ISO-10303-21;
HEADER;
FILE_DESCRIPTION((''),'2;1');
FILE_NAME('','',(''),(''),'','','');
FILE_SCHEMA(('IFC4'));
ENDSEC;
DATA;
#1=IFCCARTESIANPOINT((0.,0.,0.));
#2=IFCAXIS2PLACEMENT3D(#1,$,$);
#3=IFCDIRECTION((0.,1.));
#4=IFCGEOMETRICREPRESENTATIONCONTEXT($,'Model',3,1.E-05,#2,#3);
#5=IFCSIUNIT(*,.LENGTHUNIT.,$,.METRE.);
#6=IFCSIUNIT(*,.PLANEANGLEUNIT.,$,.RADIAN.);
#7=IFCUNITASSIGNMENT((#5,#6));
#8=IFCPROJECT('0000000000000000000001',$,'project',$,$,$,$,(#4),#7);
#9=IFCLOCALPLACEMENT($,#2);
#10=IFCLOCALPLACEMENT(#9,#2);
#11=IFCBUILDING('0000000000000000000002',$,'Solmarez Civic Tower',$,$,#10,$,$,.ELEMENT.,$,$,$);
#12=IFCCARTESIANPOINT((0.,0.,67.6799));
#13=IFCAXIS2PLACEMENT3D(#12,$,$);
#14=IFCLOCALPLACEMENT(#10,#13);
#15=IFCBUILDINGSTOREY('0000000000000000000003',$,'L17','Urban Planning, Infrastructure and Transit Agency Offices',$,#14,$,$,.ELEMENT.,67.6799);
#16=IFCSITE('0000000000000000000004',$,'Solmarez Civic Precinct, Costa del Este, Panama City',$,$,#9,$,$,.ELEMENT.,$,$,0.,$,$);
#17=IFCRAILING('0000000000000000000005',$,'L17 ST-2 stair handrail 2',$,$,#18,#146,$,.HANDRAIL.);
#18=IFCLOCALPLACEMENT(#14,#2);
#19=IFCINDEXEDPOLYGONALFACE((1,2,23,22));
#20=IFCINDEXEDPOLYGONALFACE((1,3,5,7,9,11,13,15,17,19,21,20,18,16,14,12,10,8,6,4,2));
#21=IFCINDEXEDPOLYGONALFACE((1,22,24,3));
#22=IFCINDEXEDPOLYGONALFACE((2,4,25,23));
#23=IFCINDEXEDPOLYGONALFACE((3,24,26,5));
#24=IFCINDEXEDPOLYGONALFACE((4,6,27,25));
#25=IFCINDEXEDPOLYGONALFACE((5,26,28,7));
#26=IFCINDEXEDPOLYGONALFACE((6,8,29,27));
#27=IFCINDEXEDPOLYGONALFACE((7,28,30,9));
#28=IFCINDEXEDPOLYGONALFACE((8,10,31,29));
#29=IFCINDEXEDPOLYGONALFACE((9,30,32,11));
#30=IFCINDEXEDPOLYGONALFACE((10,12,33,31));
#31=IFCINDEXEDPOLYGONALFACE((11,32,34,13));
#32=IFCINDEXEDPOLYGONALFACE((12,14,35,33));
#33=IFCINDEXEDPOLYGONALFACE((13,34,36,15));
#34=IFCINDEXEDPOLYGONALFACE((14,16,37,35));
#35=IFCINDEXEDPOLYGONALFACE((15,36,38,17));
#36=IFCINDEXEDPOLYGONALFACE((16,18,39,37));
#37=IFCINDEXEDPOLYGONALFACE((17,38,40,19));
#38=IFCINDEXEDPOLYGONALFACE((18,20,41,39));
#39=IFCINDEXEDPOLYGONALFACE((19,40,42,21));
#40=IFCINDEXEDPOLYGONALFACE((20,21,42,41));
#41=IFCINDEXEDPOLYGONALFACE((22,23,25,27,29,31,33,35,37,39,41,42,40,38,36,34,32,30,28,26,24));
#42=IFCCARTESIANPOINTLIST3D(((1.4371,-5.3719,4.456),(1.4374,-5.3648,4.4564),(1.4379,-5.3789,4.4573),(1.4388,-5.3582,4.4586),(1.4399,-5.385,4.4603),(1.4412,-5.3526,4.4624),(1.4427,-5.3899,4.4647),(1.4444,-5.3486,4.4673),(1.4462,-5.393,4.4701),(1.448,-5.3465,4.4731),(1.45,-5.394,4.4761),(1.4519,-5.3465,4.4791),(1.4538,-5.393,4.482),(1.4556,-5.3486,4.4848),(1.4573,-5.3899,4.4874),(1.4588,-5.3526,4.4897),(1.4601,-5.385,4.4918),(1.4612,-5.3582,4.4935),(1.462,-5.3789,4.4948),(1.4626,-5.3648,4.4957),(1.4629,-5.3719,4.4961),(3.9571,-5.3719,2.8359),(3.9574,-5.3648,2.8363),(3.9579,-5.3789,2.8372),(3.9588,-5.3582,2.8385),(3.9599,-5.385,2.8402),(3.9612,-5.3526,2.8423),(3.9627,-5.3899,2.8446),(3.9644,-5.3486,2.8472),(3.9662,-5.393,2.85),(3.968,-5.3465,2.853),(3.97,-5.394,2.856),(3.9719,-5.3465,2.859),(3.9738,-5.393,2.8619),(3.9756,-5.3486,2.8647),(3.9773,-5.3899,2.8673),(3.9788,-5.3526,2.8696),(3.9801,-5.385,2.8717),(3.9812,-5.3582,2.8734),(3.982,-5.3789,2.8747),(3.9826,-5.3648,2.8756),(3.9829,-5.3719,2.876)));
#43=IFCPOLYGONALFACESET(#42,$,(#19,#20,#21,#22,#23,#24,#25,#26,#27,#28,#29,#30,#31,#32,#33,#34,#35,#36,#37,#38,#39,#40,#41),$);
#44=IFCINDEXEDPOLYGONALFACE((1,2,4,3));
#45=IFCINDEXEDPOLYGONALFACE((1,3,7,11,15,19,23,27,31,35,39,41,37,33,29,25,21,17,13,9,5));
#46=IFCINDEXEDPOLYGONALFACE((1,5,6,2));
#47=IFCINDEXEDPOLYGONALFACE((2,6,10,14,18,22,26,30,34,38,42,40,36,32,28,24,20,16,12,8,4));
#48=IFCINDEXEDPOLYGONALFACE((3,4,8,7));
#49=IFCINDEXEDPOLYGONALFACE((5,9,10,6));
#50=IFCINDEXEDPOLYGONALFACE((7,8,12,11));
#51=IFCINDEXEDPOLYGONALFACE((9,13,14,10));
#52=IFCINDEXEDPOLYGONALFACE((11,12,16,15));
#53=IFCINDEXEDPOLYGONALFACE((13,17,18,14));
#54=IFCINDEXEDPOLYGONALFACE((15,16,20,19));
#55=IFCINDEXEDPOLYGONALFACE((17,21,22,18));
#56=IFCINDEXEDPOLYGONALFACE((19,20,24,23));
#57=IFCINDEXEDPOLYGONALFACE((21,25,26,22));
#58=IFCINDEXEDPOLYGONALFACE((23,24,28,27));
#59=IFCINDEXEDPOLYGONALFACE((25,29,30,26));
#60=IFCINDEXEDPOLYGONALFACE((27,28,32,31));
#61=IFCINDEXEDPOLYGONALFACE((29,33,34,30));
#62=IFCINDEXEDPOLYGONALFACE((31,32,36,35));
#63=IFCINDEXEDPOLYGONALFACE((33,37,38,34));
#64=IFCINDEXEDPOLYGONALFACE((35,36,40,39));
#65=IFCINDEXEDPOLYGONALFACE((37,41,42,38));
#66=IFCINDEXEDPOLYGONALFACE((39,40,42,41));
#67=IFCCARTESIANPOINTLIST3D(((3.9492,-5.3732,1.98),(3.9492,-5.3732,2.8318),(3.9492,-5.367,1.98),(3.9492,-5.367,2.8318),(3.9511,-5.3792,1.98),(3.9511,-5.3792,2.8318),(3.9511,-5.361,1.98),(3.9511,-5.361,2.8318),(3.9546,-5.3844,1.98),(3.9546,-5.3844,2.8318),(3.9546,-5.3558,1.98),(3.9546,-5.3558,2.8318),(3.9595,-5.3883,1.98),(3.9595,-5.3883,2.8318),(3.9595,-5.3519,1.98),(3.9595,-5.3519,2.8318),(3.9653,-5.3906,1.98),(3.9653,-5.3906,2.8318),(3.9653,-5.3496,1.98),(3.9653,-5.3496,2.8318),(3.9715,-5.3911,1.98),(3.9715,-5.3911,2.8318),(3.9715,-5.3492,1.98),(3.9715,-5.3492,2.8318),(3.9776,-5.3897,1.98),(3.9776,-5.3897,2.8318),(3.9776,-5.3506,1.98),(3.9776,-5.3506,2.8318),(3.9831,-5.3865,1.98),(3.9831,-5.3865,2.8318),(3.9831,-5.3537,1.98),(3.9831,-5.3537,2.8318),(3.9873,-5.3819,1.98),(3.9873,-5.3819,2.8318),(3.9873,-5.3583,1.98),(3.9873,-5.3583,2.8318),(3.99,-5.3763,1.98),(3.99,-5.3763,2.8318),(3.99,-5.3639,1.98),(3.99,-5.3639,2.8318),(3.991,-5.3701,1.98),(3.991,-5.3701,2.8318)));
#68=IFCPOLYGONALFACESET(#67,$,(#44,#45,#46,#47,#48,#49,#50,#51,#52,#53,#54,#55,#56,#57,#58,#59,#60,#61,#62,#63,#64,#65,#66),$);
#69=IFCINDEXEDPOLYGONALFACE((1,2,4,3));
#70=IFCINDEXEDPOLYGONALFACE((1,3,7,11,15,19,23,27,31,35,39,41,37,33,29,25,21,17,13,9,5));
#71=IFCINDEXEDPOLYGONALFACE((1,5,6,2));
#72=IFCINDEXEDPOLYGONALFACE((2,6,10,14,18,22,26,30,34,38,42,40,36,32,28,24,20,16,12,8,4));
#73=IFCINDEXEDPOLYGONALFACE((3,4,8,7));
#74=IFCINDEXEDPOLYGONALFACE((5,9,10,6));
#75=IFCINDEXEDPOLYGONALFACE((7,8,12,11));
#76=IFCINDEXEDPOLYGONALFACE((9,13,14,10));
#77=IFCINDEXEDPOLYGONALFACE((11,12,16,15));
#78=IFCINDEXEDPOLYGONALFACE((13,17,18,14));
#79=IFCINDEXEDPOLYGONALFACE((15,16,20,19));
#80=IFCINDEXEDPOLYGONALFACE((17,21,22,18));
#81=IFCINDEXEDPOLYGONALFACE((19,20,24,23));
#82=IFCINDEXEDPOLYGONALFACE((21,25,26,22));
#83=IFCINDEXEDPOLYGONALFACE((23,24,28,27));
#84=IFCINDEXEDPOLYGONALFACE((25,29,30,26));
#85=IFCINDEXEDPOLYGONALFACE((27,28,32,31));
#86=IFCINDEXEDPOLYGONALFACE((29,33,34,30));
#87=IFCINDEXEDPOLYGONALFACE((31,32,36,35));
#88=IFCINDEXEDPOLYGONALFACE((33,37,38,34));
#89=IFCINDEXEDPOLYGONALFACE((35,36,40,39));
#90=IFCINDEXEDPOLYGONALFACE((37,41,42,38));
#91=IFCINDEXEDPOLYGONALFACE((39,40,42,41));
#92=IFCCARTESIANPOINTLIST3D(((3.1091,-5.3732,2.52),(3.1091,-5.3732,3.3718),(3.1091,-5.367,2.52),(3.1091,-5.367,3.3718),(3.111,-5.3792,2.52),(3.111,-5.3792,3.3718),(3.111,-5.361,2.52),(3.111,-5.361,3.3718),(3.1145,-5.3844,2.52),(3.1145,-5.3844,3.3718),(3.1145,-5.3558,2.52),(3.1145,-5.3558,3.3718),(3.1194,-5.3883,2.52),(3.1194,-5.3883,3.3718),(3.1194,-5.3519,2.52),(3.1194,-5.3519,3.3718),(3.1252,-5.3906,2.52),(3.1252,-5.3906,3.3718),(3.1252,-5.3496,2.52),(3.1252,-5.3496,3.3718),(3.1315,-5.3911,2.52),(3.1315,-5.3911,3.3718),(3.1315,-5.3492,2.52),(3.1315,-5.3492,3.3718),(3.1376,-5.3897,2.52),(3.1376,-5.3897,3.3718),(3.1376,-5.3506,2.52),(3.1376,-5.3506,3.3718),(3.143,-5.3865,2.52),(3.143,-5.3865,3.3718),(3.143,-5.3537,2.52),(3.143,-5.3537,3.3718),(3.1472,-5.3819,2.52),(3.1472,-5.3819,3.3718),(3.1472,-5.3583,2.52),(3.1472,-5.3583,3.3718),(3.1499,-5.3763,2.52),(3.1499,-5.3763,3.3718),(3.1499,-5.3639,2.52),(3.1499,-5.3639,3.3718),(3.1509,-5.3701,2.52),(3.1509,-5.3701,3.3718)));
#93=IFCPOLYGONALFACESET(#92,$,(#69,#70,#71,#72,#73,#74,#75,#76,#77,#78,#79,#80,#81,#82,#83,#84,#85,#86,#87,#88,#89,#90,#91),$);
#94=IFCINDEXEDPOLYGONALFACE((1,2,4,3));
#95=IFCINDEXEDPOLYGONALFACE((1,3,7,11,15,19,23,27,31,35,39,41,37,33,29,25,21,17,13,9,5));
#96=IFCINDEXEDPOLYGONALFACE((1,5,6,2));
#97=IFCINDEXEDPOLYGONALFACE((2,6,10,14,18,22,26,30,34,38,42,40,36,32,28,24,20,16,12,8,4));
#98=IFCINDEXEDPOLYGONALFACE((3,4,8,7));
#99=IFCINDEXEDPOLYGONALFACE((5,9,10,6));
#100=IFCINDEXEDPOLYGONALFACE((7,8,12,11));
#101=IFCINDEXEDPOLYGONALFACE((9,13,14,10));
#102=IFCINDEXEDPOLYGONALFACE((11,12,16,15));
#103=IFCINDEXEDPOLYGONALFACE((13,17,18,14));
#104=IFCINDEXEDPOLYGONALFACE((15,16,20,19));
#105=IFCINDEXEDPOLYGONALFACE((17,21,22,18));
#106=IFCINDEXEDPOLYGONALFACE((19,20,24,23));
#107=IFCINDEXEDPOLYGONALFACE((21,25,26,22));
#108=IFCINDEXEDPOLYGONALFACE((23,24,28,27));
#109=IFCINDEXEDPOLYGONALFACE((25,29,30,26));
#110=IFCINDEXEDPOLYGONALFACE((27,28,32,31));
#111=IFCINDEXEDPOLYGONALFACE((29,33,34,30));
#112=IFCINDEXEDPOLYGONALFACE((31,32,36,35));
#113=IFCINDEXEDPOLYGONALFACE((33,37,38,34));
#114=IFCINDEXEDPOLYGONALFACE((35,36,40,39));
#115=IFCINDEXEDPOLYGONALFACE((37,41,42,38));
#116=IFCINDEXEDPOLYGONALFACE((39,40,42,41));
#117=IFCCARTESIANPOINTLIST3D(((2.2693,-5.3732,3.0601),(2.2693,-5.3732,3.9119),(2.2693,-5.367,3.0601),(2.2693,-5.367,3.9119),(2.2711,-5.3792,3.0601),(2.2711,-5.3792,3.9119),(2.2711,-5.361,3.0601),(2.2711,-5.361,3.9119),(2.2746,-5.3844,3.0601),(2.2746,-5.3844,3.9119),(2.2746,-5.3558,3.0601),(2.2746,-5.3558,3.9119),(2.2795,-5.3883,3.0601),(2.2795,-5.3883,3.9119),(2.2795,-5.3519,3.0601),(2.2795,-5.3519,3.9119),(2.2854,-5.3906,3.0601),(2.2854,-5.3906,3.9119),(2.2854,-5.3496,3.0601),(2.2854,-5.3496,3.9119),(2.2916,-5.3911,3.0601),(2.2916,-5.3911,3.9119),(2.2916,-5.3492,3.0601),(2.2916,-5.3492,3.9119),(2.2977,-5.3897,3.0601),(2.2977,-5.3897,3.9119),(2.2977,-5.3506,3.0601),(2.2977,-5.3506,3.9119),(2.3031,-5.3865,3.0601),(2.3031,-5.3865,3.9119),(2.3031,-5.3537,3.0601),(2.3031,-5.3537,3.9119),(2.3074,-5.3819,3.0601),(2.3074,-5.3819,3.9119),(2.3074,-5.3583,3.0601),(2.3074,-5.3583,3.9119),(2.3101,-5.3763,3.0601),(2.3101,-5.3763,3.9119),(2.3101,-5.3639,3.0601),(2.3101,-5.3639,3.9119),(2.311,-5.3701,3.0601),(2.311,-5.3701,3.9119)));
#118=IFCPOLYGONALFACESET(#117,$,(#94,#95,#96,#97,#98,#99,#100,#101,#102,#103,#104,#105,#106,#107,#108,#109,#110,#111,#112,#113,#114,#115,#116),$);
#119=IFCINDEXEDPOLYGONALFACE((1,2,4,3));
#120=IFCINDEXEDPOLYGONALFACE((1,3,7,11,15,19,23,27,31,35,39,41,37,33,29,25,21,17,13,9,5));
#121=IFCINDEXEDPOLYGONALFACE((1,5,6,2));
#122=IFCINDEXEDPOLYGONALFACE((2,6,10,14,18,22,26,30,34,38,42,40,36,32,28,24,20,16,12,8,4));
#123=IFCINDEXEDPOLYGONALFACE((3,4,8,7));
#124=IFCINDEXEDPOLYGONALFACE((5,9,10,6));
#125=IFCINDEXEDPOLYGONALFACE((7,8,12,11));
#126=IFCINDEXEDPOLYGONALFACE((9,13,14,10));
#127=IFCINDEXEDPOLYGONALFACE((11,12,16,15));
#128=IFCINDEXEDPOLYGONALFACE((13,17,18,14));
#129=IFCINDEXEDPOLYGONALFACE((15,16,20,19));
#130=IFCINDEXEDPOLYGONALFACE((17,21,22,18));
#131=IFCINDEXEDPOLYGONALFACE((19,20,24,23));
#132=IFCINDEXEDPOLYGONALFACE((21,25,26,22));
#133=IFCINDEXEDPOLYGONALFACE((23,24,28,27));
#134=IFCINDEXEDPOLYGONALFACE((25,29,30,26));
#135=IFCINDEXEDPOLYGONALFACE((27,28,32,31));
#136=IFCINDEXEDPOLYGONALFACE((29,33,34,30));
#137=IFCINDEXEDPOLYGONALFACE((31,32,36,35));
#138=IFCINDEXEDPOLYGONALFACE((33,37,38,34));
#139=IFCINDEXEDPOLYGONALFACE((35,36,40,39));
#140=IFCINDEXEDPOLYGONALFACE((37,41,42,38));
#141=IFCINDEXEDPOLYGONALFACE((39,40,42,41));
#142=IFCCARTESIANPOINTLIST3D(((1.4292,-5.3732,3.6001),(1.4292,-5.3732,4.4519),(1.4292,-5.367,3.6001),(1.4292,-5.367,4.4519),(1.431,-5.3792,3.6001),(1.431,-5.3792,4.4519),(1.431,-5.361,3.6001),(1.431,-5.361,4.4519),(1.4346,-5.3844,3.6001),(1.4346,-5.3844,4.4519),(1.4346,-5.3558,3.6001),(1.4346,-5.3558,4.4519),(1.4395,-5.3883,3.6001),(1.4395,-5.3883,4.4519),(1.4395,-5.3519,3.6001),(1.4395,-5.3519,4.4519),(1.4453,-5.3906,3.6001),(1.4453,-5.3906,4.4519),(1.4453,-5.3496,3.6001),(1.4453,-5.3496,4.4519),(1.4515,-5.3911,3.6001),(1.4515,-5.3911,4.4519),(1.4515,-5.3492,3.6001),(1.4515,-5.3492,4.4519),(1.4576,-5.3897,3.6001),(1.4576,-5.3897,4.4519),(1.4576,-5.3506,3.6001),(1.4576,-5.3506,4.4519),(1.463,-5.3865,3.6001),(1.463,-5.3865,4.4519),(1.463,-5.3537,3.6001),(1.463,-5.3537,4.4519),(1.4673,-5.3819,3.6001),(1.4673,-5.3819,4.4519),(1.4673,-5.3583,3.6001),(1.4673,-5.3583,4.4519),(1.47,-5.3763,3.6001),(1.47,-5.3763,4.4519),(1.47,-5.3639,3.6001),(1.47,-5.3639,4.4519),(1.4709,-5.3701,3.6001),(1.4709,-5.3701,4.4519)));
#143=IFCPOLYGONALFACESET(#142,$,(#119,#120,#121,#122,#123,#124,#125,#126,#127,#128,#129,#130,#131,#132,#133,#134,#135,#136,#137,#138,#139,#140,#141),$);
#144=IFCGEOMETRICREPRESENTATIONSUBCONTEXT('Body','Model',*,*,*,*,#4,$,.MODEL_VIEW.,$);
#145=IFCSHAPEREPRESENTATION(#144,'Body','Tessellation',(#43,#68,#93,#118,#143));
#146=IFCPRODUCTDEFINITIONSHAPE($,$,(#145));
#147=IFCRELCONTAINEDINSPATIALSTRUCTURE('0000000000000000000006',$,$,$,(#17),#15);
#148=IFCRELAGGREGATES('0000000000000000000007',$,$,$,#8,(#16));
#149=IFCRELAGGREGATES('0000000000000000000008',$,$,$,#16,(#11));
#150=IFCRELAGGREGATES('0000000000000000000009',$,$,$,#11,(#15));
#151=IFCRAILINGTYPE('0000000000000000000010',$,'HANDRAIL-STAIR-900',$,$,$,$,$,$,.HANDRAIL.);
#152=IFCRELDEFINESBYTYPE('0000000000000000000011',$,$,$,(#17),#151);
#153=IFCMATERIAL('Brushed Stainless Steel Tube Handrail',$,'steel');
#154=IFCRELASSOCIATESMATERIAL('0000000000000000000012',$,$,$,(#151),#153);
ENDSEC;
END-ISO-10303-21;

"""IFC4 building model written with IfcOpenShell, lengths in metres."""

from ifc_helpers import new_model, si_unit, direction, frame, origin, origin_2d, place, context, subcontext, project, spatial, circle, extrude, material, type_object, element, save


model = new_model("IFC4")

# Units and contexts
model_context = context("Model", 3, precision=1e-05, world=origin(), true_north=direction((0.0, 1.0)))
body_context = subcontext(model_context, "Body", "Model", "MODEL_VIEW")
ifc_project = project(units=[si_unit("LENGTHUNIT", "METRE"), si_unit("PLANEANGLEUNIT", "RADIAN")], contexts=[model_context])

# Site, building, storey
site_placement = place(None, origin())
site = spatial("IfcSite", under=ifc_project, at=site_placement, Name="Solmarez Civic Precinct, Costa del Este, Panama City", CompositionType="ELEMENT", RefElevation=0.0)
building_placement = place(site_placement, origin())
building = spatial("IfcBuilding", under=site, at=building_placement, Name="Solmarez Civic Tower", CompositionType="ELEMENT")
storey_placement = place(building_placement, frame((0.0, 0.0, 67.6799)))
storey = spatial("IfcBuildingStorey", under=building, at=storey_placement, Name="L17", Description="Urban Planning, Infrastructure and Transit Agency Offices", CompositionType="ELEMENT", Elevation=67.6799)

# Railing
ifc_material_1 = material(Name="Brushed Stainless Steel Tube Handrail", Category="steel")
railing_type_1 = type_object("IfcRailingType", Name="HANDRAIL-STAIR-900", PredefinedType="HANDRAIL", material=ifc_material_1)
railing_1_placement = place(storey_placement, frame((3.97, -5.3701, 1.98)))
element("IfcRailing", 1, at=railing_1_placement, inside=storey, type_object=railing_type_1, Name="L17 ST-2 stair handrail 2", PredefinedType="HANDRAIL", context=body_context, shape_type="SweptSolid", body=[
    extrude(circle(Radius=0.0239, at=origin_2d()), frame((0.0, 0.0, 0.876), z_axis=(-0.841163, 0.0, 0.540782), x_axis=(0.0, -1.0, 0.0)), (0.0, 0.0, 1.0), 2.9958),
    extrude(circle(Radius=0.021, at=origin_2d()), origin(), (0.0, 0.0, 1.0), 0.8518),
    extrude(circle(Radius=0.021, at=origin_2d()), frame((-0.8401, 0.0, 0.54)), (0.0, 0.0, 1.0), 0.8518),
    extrude(circle(Radius=0.021, at=origin_2d()), frame((-1.6799, 0.0, 1.0801)), (0.0, 0.0, 1.0), 0.8518),
    extrude(circle(Radius=0.021, at=origin_2d()), frame((-2.52, 0.0, 1.6201)), (0.0, 0.0, 1.0), 0.8518),
])

save(model, "model.ifc")
